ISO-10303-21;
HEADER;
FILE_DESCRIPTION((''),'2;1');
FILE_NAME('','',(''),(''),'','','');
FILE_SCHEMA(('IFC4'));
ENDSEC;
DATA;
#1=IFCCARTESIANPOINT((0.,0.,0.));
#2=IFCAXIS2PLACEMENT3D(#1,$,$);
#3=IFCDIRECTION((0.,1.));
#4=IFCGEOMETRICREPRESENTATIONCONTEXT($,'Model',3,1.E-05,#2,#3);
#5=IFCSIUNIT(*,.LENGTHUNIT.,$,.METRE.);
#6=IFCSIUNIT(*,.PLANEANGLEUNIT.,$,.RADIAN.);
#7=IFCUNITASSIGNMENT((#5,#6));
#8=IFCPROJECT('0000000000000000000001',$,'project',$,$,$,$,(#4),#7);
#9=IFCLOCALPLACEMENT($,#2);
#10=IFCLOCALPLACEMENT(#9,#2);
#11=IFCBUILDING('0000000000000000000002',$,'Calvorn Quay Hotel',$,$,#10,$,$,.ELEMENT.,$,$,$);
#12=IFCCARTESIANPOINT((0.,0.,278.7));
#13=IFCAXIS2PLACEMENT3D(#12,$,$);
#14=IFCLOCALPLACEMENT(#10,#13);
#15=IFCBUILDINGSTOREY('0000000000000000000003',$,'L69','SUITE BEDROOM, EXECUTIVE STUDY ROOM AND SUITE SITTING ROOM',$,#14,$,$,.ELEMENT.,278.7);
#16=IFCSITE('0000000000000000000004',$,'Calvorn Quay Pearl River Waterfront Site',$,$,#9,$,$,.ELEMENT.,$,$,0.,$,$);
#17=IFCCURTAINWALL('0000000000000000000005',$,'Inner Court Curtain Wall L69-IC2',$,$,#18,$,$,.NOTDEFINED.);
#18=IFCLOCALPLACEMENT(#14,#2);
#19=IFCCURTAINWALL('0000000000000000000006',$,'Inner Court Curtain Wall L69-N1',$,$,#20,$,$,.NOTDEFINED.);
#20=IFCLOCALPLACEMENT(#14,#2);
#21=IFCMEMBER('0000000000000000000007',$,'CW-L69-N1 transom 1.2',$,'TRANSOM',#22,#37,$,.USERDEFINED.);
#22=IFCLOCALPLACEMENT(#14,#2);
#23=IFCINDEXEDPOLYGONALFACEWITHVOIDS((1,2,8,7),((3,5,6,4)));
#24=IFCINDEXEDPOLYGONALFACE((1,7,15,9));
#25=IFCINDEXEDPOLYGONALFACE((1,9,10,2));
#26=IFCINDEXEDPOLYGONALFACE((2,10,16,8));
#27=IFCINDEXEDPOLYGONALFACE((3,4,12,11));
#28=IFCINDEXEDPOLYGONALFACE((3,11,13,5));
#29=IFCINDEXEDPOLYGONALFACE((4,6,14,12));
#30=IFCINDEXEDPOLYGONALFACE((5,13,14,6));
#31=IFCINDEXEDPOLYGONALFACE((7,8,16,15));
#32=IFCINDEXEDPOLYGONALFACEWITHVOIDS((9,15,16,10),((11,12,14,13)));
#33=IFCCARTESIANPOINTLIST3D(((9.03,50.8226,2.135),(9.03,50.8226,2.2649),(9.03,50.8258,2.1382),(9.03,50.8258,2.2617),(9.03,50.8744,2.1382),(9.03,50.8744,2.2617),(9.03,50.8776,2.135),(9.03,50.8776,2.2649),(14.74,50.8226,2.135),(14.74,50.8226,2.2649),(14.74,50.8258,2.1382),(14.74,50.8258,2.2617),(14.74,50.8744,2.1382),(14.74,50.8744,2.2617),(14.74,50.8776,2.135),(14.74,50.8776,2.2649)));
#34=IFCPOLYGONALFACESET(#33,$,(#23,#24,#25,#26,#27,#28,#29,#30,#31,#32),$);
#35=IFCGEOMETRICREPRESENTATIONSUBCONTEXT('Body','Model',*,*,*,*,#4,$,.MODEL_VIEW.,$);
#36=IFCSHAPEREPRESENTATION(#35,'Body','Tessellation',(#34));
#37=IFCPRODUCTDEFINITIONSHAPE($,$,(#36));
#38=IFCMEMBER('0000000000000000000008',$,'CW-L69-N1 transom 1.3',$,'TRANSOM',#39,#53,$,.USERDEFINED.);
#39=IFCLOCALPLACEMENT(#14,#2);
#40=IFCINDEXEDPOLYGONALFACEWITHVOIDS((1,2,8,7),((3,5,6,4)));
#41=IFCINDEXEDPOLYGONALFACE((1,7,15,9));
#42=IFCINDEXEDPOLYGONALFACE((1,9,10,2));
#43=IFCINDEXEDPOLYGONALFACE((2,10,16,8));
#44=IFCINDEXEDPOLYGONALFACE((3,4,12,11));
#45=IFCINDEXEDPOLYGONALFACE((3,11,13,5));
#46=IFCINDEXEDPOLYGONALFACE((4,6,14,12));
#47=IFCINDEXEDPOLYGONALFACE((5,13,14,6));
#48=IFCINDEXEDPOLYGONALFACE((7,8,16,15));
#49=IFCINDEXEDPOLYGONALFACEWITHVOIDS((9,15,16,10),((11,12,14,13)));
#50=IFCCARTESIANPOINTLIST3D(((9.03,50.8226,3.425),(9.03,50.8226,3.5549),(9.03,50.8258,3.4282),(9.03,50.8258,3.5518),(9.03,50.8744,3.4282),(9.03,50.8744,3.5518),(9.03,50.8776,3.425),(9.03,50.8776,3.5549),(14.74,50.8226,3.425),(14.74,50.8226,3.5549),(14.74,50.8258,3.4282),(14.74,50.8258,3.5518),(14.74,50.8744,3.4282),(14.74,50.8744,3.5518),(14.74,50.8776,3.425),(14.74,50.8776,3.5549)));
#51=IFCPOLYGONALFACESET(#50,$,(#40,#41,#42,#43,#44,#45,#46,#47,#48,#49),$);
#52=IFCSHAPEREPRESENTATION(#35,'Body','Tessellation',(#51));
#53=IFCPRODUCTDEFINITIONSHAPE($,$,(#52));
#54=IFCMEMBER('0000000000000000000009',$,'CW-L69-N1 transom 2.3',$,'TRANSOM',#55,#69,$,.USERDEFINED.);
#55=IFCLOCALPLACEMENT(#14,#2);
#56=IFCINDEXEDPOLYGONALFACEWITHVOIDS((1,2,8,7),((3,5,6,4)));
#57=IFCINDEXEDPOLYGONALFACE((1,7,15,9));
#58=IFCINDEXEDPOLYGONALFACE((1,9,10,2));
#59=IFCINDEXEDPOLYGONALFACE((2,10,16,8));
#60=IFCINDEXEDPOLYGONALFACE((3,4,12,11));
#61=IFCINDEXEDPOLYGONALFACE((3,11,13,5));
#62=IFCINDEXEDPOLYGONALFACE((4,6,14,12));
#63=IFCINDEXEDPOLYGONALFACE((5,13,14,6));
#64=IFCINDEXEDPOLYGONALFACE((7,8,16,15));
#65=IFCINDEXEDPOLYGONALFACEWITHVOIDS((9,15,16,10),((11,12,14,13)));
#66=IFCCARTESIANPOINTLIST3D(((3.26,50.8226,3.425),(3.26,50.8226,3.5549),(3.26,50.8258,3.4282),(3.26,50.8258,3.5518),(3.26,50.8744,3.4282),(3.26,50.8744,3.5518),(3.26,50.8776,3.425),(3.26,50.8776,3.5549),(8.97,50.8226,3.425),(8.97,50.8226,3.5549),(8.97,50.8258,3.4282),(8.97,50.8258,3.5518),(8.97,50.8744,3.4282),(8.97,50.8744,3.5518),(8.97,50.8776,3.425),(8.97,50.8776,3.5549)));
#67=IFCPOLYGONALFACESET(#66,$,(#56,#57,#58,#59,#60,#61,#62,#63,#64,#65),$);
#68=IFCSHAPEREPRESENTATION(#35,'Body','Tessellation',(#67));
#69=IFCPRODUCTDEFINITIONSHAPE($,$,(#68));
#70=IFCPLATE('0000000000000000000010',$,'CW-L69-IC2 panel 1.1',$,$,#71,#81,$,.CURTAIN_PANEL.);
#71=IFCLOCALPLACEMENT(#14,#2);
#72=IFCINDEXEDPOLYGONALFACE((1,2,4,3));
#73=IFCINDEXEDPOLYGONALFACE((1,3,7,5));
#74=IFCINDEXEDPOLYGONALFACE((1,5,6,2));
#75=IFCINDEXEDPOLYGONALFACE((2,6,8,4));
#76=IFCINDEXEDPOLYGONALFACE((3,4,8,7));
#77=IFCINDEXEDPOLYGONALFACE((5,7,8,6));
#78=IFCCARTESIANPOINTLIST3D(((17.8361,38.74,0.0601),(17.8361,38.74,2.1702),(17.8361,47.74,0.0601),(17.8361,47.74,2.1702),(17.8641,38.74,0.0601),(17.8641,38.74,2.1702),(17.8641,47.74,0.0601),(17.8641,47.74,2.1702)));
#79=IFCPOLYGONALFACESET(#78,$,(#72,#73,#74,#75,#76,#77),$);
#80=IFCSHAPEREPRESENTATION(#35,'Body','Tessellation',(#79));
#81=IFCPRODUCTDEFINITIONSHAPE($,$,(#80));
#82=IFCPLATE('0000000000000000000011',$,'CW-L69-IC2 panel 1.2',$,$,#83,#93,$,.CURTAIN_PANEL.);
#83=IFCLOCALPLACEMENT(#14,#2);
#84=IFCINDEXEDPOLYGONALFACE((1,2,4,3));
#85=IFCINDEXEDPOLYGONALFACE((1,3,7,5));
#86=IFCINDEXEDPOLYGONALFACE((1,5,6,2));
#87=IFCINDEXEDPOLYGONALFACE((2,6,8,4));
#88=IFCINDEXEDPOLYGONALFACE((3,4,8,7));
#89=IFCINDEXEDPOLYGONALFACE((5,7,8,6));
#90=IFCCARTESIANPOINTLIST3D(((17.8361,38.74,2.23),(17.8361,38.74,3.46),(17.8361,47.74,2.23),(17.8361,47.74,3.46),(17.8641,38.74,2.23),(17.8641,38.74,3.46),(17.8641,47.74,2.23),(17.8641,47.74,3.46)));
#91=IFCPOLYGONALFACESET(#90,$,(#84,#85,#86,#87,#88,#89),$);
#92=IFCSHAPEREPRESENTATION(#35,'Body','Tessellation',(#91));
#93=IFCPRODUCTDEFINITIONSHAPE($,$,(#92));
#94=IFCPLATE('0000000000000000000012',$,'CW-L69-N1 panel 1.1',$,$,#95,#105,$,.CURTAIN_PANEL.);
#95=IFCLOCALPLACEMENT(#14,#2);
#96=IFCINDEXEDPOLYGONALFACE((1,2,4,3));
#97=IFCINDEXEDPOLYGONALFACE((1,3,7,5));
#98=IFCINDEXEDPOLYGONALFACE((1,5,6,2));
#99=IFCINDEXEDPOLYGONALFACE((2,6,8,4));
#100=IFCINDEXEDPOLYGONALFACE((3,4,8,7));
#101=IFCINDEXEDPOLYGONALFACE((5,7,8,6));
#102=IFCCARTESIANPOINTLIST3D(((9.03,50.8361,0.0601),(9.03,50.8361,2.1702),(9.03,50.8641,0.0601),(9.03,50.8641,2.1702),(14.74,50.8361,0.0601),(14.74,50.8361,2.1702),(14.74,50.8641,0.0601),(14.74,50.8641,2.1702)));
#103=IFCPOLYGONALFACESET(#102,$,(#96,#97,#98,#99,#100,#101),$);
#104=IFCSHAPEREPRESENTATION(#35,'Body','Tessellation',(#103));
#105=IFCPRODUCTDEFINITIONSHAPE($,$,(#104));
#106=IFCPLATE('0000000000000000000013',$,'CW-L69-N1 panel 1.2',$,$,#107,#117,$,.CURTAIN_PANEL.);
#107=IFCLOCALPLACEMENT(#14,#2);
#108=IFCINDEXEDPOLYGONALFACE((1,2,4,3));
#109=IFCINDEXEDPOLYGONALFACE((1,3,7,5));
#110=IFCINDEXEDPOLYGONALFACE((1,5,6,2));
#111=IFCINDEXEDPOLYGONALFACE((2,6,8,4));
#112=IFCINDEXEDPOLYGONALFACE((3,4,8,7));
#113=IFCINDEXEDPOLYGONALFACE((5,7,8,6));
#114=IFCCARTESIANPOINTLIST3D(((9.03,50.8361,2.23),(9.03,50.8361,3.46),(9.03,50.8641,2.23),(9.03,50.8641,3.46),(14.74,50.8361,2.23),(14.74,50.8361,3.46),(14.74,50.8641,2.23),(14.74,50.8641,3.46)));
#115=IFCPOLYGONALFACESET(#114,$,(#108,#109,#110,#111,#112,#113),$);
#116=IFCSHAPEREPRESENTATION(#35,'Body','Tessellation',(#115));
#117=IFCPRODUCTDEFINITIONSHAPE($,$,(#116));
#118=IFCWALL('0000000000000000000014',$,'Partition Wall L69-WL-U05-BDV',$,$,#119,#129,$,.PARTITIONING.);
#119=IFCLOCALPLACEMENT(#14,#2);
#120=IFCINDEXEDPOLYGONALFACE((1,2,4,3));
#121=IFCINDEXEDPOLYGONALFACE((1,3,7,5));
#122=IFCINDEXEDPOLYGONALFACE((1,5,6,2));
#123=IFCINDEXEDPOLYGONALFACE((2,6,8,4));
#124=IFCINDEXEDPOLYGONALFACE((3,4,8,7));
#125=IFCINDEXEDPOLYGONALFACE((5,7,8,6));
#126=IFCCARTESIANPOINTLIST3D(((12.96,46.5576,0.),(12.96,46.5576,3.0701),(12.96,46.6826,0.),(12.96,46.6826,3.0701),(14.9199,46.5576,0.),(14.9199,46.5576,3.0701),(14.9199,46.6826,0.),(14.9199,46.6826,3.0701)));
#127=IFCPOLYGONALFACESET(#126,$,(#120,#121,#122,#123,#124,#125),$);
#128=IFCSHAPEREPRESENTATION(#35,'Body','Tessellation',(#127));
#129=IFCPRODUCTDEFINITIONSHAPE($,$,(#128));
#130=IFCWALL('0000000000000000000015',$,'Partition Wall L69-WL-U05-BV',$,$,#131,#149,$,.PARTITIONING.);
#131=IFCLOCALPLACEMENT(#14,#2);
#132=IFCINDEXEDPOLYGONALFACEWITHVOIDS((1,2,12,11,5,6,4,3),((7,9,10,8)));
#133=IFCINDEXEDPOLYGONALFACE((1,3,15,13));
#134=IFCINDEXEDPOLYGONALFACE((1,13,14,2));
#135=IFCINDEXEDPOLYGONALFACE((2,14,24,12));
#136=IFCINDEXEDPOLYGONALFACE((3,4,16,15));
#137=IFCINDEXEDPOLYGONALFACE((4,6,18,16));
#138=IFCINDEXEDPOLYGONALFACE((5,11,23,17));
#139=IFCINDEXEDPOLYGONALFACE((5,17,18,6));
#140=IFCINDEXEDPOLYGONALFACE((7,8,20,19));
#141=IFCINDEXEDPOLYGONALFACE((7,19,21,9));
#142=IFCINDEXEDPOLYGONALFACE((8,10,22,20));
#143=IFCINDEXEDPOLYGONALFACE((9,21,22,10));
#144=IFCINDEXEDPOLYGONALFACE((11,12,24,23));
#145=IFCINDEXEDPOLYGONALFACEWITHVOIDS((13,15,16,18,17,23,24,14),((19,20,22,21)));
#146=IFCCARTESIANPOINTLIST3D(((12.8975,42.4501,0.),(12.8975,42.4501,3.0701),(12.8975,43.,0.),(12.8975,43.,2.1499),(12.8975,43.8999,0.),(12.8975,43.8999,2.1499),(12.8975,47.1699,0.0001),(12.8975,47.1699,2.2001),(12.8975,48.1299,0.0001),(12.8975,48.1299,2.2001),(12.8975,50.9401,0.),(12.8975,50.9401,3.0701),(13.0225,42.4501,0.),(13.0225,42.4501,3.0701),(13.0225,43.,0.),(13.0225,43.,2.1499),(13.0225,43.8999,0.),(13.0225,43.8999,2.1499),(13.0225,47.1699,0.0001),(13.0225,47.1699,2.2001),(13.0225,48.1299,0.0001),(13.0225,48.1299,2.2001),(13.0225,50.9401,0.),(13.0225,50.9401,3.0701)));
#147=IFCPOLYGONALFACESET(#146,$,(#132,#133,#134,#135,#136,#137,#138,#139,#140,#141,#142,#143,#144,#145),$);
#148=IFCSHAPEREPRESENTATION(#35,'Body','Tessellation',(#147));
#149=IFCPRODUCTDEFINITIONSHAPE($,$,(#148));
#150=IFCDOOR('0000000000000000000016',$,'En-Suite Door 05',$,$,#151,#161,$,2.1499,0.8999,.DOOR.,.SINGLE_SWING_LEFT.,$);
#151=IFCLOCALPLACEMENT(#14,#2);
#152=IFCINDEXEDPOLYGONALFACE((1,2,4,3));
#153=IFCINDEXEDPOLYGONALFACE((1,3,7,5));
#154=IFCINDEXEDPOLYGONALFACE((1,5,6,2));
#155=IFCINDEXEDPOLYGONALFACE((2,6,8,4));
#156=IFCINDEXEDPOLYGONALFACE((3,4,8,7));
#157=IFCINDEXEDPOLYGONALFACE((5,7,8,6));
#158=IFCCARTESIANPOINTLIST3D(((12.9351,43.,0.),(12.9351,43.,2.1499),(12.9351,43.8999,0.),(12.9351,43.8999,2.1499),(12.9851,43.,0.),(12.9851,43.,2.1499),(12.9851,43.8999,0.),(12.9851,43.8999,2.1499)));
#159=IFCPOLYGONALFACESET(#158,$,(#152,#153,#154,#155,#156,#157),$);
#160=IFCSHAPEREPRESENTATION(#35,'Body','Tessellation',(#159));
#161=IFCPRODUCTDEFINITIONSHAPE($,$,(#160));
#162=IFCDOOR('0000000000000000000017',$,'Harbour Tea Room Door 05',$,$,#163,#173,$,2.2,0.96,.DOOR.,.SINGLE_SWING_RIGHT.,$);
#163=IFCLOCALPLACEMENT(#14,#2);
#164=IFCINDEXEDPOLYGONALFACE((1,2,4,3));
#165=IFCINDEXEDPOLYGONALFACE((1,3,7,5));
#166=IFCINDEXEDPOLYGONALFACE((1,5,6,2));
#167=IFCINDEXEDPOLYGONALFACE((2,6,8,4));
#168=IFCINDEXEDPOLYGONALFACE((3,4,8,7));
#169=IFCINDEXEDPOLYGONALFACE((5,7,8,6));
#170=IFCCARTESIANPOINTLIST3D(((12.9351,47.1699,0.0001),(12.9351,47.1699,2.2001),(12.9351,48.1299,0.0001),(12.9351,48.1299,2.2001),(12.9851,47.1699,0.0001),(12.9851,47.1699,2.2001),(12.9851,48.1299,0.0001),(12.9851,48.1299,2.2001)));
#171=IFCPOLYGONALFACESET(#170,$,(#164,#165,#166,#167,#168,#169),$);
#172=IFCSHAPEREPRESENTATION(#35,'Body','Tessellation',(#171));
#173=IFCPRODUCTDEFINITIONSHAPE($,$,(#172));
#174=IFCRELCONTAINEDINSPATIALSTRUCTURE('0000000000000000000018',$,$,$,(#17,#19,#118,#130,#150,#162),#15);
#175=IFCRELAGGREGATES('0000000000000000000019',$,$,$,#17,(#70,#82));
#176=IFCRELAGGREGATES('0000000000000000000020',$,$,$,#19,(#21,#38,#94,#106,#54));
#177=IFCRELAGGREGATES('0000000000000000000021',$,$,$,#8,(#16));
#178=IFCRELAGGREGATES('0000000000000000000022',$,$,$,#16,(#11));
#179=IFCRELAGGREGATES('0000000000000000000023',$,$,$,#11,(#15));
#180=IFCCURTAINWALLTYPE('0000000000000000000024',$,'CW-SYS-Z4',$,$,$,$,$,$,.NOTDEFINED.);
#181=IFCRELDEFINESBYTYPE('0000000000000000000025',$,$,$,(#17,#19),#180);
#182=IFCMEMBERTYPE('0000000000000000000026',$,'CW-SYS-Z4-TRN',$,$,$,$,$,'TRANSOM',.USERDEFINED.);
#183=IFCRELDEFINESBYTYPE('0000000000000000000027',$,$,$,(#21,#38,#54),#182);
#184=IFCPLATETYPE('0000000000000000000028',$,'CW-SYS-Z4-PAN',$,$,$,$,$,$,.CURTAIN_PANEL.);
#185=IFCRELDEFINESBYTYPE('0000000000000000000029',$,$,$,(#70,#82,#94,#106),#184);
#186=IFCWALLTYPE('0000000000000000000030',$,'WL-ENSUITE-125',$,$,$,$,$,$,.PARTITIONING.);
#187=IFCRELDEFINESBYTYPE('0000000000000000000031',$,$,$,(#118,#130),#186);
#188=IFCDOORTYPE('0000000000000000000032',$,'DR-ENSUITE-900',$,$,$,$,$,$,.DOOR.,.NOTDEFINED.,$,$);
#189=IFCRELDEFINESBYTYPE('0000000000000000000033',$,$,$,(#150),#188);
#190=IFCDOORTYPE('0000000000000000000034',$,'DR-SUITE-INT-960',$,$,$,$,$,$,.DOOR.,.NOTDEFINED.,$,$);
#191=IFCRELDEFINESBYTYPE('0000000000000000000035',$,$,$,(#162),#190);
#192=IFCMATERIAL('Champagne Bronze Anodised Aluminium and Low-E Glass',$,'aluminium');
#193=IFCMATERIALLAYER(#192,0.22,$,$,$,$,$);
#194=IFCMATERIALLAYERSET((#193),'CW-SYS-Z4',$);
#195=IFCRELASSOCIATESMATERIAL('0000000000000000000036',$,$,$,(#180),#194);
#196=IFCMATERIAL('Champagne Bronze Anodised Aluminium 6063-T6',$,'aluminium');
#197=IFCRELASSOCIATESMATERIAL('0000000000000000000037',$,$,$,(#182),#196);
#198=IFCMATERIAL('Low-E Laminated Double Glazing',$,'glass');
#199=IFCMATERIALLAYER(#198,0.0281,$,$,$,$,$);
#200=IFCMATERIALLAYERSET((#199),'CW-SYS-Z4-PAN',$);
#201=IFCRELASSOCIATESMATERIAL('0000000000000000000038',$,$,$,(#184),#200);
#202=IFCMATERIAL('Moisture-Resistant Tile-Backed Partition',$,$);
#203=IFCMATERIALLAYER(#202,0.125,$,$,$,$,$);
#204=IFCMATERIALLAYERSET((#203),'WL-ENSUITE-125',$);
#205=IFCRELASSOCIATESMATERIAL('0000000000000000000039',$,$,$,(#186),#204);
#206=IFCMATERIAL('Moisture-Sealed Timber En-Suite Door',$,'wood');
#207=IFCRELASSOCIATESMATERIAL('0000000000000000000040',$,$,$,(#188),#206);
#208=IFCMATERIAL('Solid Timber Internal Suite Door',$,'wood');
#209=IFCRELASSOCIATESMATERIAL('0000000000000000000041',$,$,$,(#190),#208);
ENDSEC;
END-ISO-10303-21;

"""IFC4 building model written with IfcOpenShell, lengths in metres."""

from ifc_helpers import new_model, si_unit, direction, frame, frame_2d, origin, origin_2d, place, context, subcontext, project, spatial, rectangle, hollow_rectangle, extrude, material, layer, layer_set, material_profile, profile_set, type_object, element, fill, aggregate, save


model = new_model("IFC4")

# Units and contexts
model_context = context("Model", 3, precision=1e-05, world=origin(), true_north=direction((0.0, 1.0)))
body_context = subcontext(model_context, "Body", "Model", "MODEL_VIEW")
ifc_project = project(units=[si_unit("LENGTHUNIT", "METRE"), si_unit("PLANEANGLEUNIT", "RADIAN")], contexts=[model_context])

# Site, building, storey
site_placement = place(None, origin())
site = spatial("IfcSite", under=ifc_project, at=site_placement, Name="Calvorn Quay Pearl River Waterfront Site", CompositionType="ELEMENT", RefElevation=0.0)
building_placement = place(site_placement, origin())
building = spatial("IfcBuilding", under=site, at=building_placement, Name="Calvorn Quay Hotel", CompositionType="ELEMENT")
storey_placement = place(building_placement, frame((0.0, 0.0, 278.7)))
storey = spatial("IfcBuildingStorey", under=building, at=storey_placement, Name="L69", Description="SUITE BEDROOM, EXECUTIVE STUDY ROOM AND SUITE SITTING ROOM", CompositionType="ELEMENT", Elevation=278.7)

# Curtain wall
ifc_material_1 = material(Name="Champagne Bronze Anodised Aluminium and Low-E Glass", Category="aluminium")
ifc_layer_1 = layer(ifc_material_1, 0.22)
ifc_layer_set_1 = layer_set([ifc_layer_1], Name="CW-SYS-Z4")
curtain_wall_type = type_object("IfcCurtainWallType", Name="CW-SYS-Z4", PredefinedType="NOTDEFINED", material=ifc_layer_set_1)
curtain_wall_1_placement = place(storey_placement, origin())
curtain_wall_1 = element("IfcCurtainWall", 1, at=curtain_wall_1_placement, inside=storey, type_object=curtain_wall_type, Name="Inner Court Curtain Wall L69-IC2", PredefinedType="NOTDEFINED")

# Curtain wall, members
curtain_wall_2_placement = place(storey_placement, origin())
curtain_wall_2 = element("IfcCurtainWall", 2, at=curtain_wall_2_placement, inside=storey, type_object=curtain_wall_type, Name="Inner Court Curtain Wall L69-N1", PredefinedType="NOTDEFINED")
ifc_material_2 = material(Name="Champagne Bronze Anodised Aluminium 6063-T6", Category="aluminium")
ifc_material_profile_1 = material_profile(ifc_material_2, hollow_rectangle(XDim=0.0549, YDim=0.1299, WallThickness=0.0032, at=origin_2d()), Name="ALU-T130x55x3.2")
ifc_profile_set_1 = profile_set([ifc_material_profile_1], Name="Champagne Bronze Anodised Aluminium 6063-T6")
member_type_1 = type_object("IfcMemberType", Name="CW-SYS-Z4-TRN", ElementType="TRANSOM", PredefinedType="USERDEFINED", material=ifc_profile_set_1)
member_1_placement = place(storey_placement, frame((14.74, 50.8501, 2.2), z_axis=(-1.0, 0.0, 0.0), x_axis=(0.0, -1.0, 0.0)))
member_1 = element("IfcMember", 3, at=member_1_placement, type_object=member_type_1, Name="CW-L69-N1 transom 1.2", ObjectType="TRANSOM", PredefinedType="USERDEFINED", context=body_context, shape_type="SweptSolid", body=[
    extrude(hollow_rectangle(XDim=0.0549, YDim=0.1299, WallThickness=0.0032, at=origin_2d()), origin(), (0.0, 0.0, 1.0), 5.71),
])
member_2_placement = place(storey_placement, frame((14.74, 50.8501, 3.49), z_axis=(-1.0, 0.0, 0.0), x_axis=(0.0, -1.0, 0.0)))
member_2 = element("IfcMember", 4, at=member_2_placement, type_object=member_type_1, Name="CW-L69-N1 transom 1.3", ObjectType="TRANSOM", PredefinedType="USERDEFINED", context=body_context, shape_type="SweptSolid", body=[
    extrude(hollow_rectangle(XDim=0.0549, YDim=0.1299, WallThickness=0.0032, at=origin_2d()), origin(), (0.0, 0.0, 1.0), 5.71),
])
member_3_placement = place(storey_placement, frame((8.97, 50.8501, 3.49), z_axis=(-1.0, 0.0, 0.0), x_axis=(0.0, -1.0, 0.0)))
member_3 = element("IfcMember", 5, at=member_3_placement, type_object=member_type_1, Name="CW-L69-N1 transom 2.3", ObjectType="TRANSOM", PredefinedType="USERDEFINED", context=body_context, shape_type="SweptSolid", body=[
    extrude(hollow_rectangle(XDim=0.0549, YDim=0.1299, WallThickness=0.0032, at=origin_2d()), origin(), (0.0, 0.0, 1.0), 5.71),
])

# Plates
ifc_material_3 = material(Name="Low-E Laminated Double Glazing", Category="glass")
ifc_layer_2 = layer(ifc_material_3, 0.0281)
ifc_layer_set_2 = layer_set([ifc_layer_2], Name="CW-SYS-Z4-PAN")
plate_type = type_object("IfcPlateType", Name="CW-SYS-Z4-PAN", PredefinedType="CURTAIN_PANEL", material=ifc_layer_set_2)
plate_1_placement = place(storey_placement, frame((17.8501, 43.24, 0.0601), z_axis=(0.0, 0.0, 1.0), x_axis=(0.0, 1.0, 0.0)))
plate_1 = element("IfcPlate", 6, at=plate_1_placement, type_object=plate_type, Name="CW-L69-IC2 panel 1.1", PredefinedType="CURTAIN_PANEL", context=body_context, shape_type="SweptSolid", body=[
    extrude(rectangle(XDim=9.0, YDim=0.0281, at=origin_2d()), origin(), (0.0, 0.0, 1.0), 2.1101),
])
plate_2_placement = place(storey_placement, frame((17.8501, 43.24, 2.23), z_axis=(0.0, 0.0, 1.0), x_axis=(0.0, 1.0, 0.0)))
plate_2 = element("IfcPlate", 7, at=plate_2_placement, type_object=plate_type, Name="CW-L69-IC2 panel 1.2", PredefinedType="CURTAIN_PANEL", context=body_context, shape_type="SweptSolid", body=[
    extrude(rectangle(XDim=9.0, YDim=0.0281, at=origin_2d()), origin(), (0.0, 0.0, 1.0), 1.23),
])
aggregate(curtain_wall_1, [plate_1, plate_2])
plate_3_placement = place(storey_placement, frame((11.885, 50.8501, 0.0601), z_axis=(0.0, 0.0, 1.0), x_axis=(-1.0, 0.0, 0.0)))
plate_3 = element("IfcPlate", 8, at=plate_3_placement, type_object=plate_type, Name="CW-L69-N1 panel 1.1", PredefinedType="CURTAIN_PANEL", context=body_context, shape_type="SweptSolid", body=[
    extrude(rectangle(XDim=5.71, YDim=0.0281, at=origin_2d()), origin(), (0.0, 0.0, 1.0), 2.1101),
])
plate_4_placement = place(storey_placement, frame((11.885, 50.8501, 2.23), z_axis=(0.0, 0.0, 1.0), x_axis=(-1.0, 0.0, 0.0)))
plate_4 = element("IfcPlate", 9, at=plate_4_placement, type_object=plate_type, Name="CW-L69-N1 panel 1.2", PredefinedType="CURTAIN_PANEL", context=body_context, shape_type="SweptSolid", body=[
    extrude(rectangle(XDim=5.71, YDim=0.0281, at=origin_2d()), origin(), (0.0, 0.0, 1.0), 1.23),
])
aggregate(curtain_wall_2, [member_1, member_2, plate_3, plate_4, member_3])

# Wall
ifc_material_4 = material(Name="Moisture-Resistant Tile-Backed Partition")
ifc_layer_3 = layer(ifc_material_4, 0.125)
ifc_layer_set_3 = layer_set([ifc_layer_3], Name="WL-ENSUITE-125")
wall_type_1 = type_object("IfcWallType", Name="WL-ENSUITE-125", PredefinedType="PARTITIONING", material=ifc_layer_set_3)
wall_1_placement = place(storey_placement, frame((12.96, 46.6201, 0.0), z_axis=(0.0, 0.0, 1.0), x_axis=(1.0, 0.0, 0.0)))
element("IfcWall", 10, at=wall_1_placement, inside=storey, type_object=wall_type_1, Name="Partition Wall L69-WL-U05-BDV", PredefinedType="PARTITIONING", context=body_context, shape_type="SweptSolid", body=[
    extrude(rectangle(XDim=1.96, YDim=0.125, at=frame_2d((0.98, 0.0))), origin(), (0.0, 0.0, 1.0), 3.0701),
])

# Wall, openings, doors
wall_2_placement = place(storey_placement, frame((12.96, 42.45, 0.0), z_axis=(0.0, 0.0, 1.0), x_axis=(0.0, 1.0, 0.0)))
wall_2 = element("IfcWall", 11, at=wall_2_placement, inside=storey, type_object=wall_type_1, Name="Partition Wall L69-WL-U05-BV", PredefinedType="PARTITIONING", context=body_context, shape_type="SweptSolid", body=[
    extrude(rectangle(XDim=8.49, YDim=0.125, at=frame_2d((4.2451, 0.0))), origin(), (0.0, 0.0, 1.0), 3.0701),
])
opening_1_placement = place(wall_2_placement, frame((0.55, 0.0, 0.0)))
opening_1 = element("IfcOpeningElement", 12, at=opening_1_placement, cuts=wall_2, PredefinedType="OPENING", context=body_context, shape_type="SweptSolid", body=[
    extrude(rectangle(XDim=0.8999, YDim=2.1499, at=frame_2d((0.45, 1.075))), frame((0.0, 0.0725, 0.0), z_axis=(0.0, -1.0, 0.0), x_axis=(1.0, 0.0, 0.0)), (0.0, 0.0, 1.0), 0.145),
])
opening_2_placement = place(wall_2_placement, frame((4.72, 0.0, 0.0)))
opening_2 = element("IfcOpeningElement", 13, at=opening_2_placement, cuts=wall_2, PredefinedType="OPENING", context=body_context, shape_type="SweptSolid", body=[
    extrude(rectangle(XDim=0.96, YDim=2.2, at=frame_2d((0.48, 1.1001))), frame((0.0, 0.0725, 0.0), z_axis=(0.0, -1.0, 0.0), x_axis=(1.0, 0.0, 0.0)), (0.0, 0.0, 1.0), 0.145),
])
ifc_material_5 = material(Name="Moisture-Sealed Timber En-Suite Door", Category="wood")
door_type_1 = type_object("IfcDoorType", Name="DR-ENSUITE-900", OperationType="NOTDEFINED", PredefinedType="DOOR", material=ifc_material_5)
door_1_placement = place(opening_1_placement, origin())
door_1 = element("IfcDoor", 14, at=door_1_placement, inside=storey, type_object=door_type_1, Name="En-Suite Door 05", OperationType="SINGLE_SWING_LEFT", OverallHeight=2.1499, OverallWidth=0.8999, PredefinedType="DOOR", context=body_context, shape_type="SweptSolid", body=[
    extrude(rectangle(XDim=0.8999, YDim=2.1499, at=frame_2d((0.45, 1.075))), frame((0.0, 0.0249, 0.0), z_axis=(0.0, -1.0, 0.0), x_axis=(1.0, 0.0, 0.0)), (0.0, 0.0, 1.0), 0.05),
])
fill(opening_1, door_1)
ifc_material_6 = material(Name="Solid Timber Internal Suite Door", Category="wood")
door_type_2 = type_object("IfcDoorType", Name="DR-SUITE-INT-960", OperationType="NOTDEFINED", PredefinedType="DOOR", material=ifc_material_6)
door_2_placement = place(opening_2_placement, origin())
door_2 = element("IfcDoor", 15, at=door_2_placement, inside=storey, type_object=door_type_2, Name="Harbour Tea Room Door 05", OperationType="SINGLE_SWING_RIGHT", OverallHeight=2.2, OverallWidth=0.96, PredefinedType="DOOR", context=body_context, shape_type="SweptSolid", body=[
    extrude(rectangle(XDim=0.96, YDim=2.2, at=frame_2d((0.48, 1.1001))), frame((0.0, 0.0249, 0.0), z_axis=(0.0, -1.0, 0.0), x_axis=(1.0, 0.0, 0.0)), (0.0, 0.0, 1.0), 0.05),
])
fill(opening_2, door_2)

save(model, "model.ifc")
